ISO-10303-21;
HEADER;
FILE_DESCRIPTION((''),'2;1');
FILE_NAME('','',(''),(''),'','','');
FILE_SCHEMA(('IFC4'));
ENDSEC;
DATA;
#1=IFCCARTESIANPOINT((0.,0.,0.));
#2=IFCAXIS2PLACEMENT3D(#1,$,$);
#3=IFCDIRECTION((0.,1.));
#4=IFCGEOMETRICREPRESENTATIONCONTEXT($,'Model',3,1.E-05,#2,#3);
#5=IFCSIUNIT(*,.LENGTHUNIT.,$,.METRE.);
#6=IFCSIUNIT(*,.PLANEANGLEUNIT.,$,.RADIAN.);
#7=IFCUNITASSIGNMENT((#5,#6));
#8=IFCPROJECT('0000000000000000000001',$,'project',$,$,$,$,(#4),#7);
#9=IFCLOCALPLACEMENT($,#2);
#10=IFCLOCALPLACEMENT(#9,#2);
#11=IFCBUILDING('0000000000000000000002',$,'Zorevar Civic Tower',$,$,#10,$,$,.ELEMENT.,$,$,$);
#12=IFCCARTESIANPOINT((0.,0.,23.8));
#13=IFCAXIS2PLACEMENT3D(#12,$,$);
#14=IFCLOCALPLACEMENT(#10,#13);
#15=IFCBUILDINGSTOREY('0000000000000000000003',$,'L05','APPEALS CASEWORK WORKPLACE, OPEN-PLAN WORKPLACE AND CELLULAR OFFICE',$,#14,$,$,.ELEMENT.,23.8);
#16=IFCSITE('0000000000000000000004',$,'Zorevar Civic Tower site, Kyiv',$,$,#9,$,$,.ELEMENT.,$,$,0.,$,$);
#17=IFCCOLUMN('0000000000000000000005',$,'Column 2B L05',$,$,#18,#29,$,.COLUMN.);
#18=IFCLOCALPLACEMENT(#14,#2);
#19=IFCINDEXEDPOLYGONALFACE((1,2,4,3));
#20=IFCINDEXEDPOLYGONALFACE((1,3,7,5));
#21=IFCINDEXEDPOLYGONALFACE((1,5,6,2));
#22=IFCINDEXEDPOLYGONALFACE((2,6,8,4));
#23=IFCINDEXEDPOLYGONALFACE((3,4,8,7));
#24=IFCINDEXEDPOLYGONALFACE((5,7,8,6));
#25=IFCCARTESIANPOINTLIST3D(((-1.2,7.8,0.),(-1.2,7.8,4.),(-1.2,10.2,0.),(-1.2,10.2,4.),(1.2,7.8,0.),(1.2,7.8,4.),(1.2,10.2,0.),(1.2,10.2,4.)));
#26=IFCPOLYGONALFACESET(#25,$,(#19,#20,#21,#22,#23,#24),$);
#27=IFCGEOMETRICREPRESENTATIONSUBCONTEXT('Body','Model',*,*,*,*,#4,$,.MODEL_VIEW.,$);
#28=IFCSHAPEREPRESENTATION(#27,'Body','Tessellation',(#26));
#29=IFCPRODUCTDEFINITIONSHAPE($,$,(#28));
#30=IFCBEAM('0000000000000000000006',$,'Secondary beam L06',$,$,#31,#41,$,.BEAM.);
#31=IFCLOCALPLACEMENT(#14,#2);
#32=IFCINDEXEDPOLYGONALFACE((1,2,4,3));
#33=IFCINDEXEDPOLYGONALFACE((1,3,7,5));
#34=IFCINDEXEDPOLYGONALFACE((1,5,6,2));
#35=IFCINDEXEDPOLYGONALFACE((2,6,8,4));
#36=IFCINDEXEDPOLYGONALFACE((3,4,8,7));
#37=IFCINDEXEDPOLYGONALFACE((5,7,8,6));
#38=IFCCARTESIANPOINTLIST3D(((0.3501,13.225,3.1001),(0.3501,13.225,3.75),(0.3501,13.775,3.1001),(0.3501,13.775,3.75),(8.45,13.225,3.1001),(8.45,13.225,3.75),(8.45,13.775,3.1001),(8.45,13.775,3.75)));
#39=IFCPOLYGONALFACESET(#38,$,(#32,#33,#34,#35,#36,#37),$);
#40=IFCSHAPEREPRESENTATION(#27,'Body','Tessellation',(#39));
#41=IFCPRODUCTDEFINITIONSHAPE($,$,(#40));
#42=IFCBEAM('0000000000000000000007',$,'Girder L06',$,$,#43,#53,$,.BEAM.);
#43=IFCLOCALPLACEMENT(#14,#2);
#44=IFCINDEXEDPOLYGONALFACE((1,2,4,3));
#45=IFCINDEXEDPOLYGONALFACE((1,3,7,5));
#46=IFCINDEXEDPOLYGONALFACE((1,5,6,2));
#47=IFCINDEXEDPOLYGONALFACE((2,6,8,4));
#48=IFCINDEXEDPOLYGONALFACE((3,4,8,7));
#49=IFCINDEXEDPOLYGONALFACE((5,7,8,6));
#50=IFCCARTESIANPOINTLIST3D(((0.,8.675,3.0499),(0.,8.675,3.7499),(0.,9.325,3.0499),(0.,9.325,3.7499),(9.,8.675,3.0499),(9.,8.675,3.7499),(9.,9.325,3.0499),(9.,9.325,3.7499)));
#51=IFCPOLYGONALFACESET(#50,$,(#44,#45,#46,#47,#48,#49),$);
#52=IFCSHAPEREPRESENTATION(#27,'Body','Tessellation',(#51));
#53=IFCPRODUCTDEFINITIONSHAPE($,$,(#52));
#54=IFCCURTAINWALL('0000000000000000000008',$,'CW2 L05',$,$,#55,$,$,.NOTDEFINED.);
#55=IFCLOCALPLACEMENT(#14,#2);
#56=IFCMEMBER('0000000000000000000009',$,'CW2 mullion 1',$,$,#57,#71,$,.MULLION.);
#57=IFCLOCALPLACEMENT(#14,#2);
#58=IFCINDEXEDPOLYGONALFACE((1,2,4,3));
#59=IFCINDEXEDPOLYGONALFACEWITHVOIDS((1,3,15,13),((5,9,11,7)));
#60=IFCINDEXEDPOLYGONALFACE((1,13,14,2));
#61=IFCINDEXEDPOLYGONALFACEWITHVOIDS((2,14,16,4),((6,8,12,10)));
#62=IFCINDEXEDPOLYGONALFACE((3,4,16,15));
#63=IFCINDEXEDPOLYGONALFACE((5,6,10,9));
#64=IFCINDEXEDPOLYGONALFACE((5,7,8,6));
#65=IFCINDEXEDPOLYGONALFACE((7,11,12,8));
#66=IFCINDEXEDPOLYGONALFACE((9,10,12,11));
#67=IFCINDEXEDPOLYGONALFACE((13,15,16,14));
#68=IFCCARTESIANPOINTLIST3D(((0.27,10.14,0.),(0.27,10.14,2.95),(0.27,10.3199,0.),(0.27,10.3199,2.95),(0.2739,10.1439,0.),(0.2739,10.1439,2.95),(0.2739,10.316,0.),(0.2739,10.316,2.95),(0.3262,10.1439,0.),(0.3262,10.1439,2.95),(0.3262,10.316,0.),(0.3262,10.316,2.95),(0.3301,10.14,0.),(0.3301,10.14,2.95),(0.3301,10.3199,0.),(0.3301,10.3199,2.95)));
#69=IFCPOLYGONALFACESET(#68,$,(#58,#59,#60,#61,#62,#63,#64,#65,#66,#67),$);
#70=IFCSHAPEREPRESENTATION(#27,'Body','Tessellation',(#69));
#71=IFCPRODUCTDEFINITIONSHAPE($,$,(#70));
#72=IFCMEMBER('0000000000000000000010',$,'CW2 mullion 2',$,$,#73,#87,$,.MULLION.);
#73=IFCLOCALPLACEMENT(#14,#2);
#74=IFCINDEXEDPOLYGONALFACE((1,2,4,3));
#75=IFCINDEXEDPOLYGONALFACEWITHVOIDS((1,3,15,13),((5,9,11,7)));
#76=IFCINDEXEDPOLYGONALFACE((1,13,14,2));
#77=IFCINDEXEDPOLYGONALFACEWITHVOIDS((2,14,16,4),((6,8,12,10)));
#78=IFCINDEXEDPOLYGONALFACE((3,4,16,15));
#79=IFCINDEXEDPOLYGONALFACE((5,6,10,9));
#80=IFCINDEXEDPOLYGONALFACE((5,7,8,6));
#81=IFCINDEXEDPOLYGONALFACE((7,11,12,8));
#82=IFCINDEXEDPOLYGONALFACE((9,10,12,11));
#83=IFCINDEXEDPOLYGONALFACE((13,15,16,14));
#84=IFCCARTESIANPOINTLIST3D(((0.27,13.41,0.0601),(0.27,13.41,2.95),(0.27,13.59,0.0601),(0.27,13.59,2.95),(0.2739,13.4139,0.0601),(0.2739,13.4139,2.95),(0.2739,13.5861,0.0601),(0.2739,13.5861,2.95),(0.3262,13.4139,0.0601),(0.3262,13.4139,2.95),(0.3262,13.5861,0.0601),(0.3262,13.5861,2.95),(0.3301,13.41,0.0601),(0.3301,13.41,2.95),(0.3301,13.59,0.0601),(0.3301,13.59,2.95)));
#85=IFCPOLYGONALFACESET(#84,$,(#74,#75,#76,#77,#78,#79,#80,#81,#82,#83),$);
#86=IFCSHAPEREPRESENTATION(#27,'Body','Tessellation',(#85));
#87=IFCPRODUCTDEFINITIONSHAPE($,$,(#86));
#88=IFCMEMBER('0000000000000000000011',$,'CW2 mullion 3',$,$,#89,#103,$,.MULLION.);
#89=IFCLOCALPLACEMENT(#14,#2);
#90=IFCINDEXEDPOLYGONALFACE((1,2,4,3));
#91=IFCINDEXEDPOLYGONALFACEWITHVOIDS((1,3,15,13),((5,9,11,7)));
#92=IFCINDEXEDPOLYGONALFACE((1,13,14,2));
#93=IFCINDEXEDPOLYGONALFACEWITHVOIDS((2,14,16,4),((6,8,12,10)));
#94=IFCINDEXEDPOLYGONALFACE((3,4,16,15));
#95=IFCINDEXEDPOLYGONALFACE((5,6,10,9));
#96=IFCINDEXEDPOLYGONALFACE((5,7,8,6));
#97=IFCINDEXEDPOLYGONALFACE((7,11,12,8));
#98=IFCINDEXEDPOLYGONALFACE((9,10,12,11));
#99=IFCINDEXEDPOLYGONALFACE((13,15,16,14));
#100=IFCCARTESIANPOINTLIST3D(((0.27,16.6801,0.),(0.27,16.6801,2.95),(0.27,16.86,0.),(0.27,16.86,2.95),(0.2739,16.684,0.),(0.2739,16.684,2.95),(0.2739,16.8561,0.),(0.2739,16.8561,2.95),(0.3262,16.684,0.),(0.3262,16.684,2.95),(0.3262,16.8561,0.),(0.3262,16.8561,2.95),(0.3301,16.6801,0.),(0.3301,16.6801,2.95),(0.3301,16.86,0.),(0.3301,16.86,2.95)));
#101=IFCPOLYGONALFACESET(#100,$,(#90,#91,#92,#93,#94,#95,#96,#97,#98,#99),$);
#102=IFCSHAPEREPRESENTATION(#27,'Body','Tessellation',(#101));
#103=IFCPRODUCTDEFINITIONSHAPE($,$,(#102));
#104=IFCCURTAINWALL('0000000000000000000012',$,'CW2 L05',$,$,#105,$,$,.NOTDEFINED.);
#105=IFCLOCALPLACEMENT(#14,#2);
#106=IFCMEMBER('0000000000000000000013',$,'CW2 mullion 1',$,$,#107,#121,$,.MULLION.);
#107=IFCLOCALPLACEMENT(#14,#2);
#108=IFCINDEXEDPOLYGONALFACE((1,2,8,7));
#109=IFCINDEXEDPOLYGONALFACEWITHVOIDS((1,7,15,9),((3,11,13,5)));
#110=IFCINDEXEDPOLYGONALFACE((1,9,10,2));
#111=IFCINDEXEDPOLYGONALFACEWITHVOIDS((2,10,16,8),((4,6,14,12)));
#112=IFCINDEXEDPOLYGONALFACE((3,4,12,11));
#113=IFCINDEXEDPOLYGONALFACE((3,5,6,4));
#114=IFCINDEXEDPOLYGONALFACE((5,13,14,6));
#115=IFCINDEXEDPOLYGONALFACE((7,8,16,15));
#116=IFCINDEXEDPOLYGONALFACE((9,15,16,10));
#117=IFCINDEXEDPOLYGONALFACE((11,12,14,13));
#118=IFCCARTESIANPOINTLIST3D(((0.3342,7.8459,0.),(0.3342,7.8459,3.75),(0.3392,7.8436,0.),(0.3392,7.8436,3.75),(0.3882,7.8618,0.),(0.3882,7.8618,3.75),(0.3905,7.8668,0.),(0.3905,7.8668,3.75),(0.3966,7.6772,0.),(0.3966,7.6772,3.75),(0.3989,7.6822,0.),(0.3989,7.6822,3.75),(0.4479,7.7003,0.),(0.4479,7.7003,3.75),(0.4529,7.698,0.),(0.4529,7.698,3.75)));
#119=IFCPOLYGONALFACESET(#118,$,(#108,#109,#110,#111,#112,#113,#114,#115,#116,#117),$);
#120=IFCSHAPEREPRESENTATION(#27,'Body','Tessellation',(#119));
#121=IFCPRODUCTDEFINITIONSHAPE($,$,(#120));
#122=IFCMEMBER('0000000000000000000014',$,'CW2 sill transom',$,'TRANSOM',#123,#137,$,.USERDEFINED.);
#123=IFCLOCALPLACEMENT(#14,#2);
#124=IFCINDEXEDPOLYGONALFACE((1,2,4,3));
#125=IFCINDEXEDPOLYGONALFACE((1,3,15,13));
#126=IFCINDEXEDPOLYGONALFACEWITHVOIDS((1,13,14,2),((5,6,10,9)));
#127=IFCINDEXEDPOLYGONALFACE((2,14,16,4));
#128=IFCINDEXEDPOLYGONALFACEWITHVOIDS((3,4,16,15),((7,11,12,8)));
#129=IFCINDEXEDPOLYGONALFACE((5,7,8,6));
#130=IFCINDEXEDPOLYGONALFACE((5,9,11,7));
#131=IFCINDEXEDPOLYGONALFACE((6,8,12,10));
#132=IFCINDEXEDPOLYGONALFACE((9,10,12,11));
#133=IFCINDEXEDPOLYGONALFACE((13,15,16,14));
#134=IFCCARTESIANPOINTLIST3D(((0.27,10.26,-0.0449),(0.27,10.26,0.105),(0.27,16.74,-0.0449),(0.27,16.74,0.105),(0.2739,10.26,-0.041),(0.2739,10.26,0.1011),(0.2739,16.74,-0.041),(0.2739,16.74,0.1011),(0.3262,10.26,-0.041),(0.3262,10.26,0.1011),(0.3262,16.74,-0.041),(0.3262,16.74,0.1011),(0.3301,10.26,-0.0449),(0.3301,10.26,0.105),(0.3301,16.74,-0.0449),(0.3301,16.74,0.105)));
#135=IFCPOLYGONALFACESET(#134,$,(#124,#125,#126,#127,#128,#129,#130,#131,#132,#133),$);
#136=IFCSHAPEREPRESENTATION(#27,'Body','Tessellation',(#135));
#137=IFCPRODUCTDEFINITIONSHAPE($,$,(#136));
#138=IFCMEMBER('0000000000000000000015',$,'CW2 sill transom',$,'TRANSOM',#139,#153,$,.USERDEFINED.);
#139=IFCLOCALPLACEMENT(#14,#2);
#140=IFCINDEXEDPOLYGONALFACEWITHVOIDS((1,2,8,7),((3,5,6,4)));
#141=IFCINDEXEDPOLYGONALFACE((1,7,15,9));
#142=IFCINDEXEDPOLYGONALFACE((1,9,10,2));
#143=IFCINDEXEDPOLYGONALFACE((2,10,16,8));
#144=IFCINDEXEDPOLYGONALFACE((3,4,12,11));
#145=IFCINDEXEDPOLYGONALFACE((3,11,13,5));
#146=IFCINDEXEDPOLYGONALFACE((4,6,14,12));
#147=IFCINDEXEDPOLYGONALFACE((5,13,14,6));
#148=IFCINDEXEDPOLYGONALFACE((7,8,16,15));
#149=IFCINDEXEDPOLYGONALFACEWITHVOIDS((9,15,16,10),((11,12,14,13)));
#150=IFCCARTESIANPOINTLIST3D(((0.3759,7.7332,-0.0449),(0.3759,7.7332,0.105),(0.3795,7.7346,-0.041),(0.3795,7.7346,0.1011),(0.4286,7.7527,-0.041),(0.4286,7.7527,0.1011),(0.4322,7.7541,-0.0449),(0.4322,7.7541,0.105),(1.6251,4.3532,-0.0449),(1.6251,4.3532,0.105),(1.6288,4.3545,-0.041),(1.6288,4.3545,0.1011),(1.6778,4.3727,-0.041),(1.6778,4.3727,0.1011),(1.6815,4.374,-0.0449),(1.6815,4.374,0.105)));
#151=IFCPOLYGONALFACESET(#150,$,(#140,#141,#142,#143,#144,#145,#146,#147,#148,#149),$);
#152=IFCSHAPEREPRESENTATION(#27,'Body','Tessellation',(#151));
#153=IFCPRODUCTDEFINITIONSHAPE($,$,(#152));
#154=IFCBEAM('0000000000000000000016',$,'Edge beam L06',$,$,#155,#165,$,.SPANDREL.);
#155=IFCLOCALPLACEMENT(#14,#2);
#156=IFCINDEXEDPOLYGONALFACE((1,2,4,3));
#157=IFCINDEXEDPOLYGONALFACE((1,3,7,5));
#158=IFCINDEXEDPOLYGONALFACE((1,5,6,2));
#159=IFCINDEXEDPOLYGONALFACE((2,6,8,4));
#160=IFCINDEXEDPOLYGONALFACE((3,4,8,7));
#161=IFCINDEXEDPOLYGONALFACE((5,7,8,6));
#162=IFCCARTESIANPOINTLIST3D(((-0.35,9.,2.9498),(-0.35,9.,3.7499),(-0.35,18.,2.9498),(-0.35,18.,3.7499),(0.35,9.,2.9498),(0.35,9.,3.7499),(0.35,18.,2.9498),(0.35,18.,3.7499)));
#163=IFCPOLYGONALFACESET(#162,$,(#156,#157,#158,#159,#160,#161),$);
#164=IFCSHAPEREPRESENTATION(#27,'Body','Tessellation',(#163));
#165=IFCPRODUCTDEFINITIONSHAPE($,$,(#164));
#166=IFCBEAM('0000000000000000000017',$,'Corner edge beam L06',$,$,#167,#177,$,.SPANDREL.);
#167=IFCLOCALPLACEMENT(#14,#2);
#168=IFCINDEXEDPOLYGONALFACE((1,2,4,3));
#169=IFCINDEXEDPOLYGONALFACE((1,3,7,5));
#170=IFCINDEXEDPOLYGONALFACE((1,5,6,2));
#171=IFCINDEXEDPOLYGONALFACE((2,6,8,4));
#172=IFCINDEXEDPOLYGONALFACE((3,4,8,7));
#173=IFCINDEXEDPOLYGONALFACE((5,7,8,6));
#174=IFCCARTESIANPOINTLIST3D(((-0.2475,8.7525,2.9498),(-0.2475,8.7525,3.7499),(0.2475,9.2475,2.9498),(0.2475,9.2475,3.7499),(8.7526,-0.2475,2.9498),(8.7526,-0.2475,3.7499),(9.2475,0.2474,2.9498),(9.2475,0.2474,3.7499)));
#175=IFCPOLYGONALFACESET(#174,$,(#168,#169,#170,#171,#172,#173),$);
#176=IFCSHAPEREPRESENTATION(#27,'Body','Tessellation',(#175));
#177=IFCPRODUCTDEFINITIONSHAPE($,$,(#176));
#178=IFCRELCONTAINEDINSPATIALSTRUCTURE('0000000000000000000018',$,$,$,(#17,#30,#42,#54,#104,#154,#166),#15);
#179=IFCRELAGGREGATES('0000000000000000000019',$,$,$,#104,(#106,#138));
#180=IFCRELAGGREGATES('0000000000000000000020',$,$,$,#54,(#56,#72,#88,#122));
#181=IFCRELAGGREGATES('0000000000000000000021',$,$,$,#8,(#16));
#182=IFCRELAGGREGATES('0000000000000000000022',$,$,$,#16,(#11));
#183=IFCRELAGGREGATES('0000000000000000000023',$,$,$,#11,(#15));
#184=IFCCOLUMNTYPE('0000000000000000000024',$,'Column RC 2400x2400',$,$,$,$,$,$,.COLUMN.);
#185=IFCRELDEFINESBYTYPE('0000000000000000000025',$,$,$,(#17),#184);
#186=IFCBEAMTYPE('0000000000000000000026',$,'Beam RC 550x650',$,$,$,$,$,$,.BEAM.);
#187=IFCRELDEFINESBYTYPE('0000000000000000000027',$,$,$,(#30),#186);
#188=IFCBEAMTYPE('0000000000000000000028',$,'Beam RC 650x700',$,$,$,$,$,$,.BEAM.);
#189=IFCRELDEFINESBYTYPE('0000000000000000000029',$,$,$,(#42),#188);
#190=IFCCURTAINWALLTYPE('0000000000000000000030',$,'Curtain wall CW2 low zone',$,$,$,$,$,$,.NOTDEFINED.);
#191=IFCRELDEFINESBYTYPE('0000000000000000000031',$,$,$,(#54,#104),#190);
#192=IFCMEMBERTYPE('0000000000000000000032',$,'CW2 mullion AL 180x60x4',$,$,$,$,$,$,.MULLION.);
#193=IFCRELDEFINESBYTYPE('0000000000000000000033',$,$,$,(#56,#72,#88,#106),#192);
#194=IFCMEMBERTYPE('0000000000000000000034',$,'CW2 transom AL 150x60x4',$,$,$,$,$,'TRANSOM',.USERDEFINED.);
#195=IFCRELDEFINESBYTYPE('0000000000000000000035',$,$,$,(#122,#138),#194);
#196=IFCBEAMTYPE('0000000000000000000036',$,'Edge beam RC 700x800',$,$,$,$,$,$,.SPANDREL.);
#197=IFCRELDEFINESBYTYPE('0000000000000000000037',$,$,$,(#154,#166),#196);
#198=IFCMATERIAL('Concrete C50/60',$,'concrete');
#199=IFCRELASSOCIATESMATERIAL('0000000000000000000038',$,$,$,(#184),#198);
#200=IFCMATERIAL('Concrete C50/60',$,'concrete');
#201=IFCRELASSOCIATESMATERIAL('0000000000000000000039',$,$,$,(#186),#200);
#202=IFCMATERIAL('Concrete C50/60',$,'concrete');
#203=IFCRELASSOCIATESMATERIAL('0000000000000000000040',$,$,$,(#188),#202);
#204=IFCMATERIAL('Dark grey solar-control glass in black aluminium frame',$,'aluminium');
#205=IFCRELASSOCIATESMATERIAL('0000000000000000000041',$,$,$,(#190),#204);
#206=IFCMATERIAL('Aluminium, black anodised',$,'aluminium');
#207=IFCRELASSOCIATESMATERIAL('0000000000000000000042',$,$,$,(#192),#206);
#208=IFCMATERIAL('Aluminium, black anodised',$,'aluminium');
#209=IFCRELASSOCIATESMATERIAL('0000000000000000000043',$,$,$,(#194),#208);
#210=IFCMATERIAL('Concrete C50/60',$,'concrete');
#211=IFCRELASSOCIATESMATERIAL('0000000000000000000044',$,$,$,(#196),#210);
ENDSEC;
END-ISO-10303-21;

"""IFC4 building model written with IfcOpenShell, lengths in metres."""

from ifc_helpers import new_model, si_unit, direction, frame, origin, origin_2d, place, context, subcontext, project, spatial, rectangle, hollow_rectangle, extrude, material, material_profile, profile_set, type_object, element, aggregate, save


model = new_model("IFC4")

# Units and contexts
model_context = context("Model", 3, precision=1e-05, world=origin(), true_north=direction((0.0, 1.0)))
body_context = subcontext(model_context, "Body", "Model", "MODEL_VIEW")
ifc_project = project(units=[si_unit("LENGTHUNIT", "METRE"), si_unit("PLANEANGLEUNIT", "RADIAN")], contexts=[model_context])

# Site, building, storey
site_placement = place(None, origin())
site = spatial("IfcSite", under=ifc_project, at=site_placement, Name="Zorevar Civic Tower site, Kyiv", CompositionType="ELEMENT", RefElevation=0.0)
building_placement = place(site_placement, origin())
building = spatial("IfcBuilding", under=site, at=building_placement, Name="Zorevar Civic Tower", CompositionType="ELEMENT")
storey_placement = place(building_placement, frame((0.0, 0.0, 23.8)))
storey = spatial("IfcBuildingStorey", under=building, at=storey_placement, Name="L05", Description="APPEALS CASEWORK WORKPLACE, OPEN-PLAN WORKPLACE AND CELLULAR OFFICE", CompositionType="ELEMENT", Elevation=23.8)

# Column
ifc_material_1 = material(Name="Concrete C50/60", Category="concrete")
ifc_material_profile_1 = material_profile(ifc_material_1, rectangle(XDim=2.3999, YDim=2.3999, at=origin_2d()), Name="RC 2400x2400")
ifc_profile_set_1 = profile_set([ifc_material_profile_1], Name="Concrete C50/60")
column_type = type_object("IfcColumnType", Name="Column RC 2400x2400", PredefinedType="COLUMN", material=ifc_profile_set_1)
column_placement = place(storey_placement, frame((0.0, 9.0, 0.0), z_axis=(0.0, 0.0, 1.0), x_axis=(1.0, 0.0, 0.0)))
element("IfcColumn", 1, at=column_placement, inside=storey, type_object=column_type, Name="Column 2B L05", PredefinedType="COLUMN", context=body_context, shape_type="SweptSolid", body=[
    extrude(rectangle(XDim=2.3999, YDim=2.3999, at=origin_2d()), origin(), (0.0, 0.0, 1.0), 4.0),
])

# Beams
ifc_material_2 = material(Name="Concrete C50/60", Category="concrete")
ifc_material_profile_2 = material_profile(ifc_material_2, rectangle(XDim=0.55, YDim=0.6499, at=origin_2d()), Name="RC 550x650")
ifc_profile_set_2 = profile_set([ifc_material_profile_2], Name="Concrete C50/60")
beam_type_1 = type_object("IfcBeamType", Name="Beam RC 550x650", PredefinedType="BEAM", material=ifc_profile_set_2)
beam_1_placement = place(storey_placement, frame((0.3501, 13.5, 3.425), z_axis=(1.0, 0.0, 0.0), x_axis=(0.0, 1.0, 0.0)))
element("IfcBeam", 2, at=beam_1_placement, inside=storey, type_object=beam_type_1, Name="Secondary beam L06", PredefinedType="BEAM", context=body_context, shape_type="SweptSolid", body=[
    extrude(rectangle(XDim=0.55, YDim=0.6499, at=origin_2d()), origin(), (0.0, 0.0, 1.0), 8.0999),
])
ifc_material_3 = material(Name="Concrete C50/60", Category="concrete")
ifc_material_profile_3 = material_profile(ifc_material_3, rectangle(XDim=0.6499, YDim=0.7, at=origin_2d()), Name="RC 650x700")
ifc_profile_set_3 = profile_set([ifc_material_profile_3], Name="Concrete C50/60")
beam_type_2 = type_object("IfcBeamType", Name="Beam RC 650x700", PredefinedType="BEAM", material=ifc_profile_set_3)
beam_2_placement = place(storey_placement, frame((0.0, 9.0, 3.3999), z_axis=(1.0, 0.0, 0.0), x_axis=(0.0, 1.0, 0.0)))
element("IfcBeam", 3, at=beam_2_placement, inside=storey, type_object=beam_type_2, Name="Girder L06", PredefinedType="BEAM", context=body_context, shape_type="SweptSolid", body=[
    extrude(rectangle(XDim=0.6499, YDim=0.7, at=origin_2d()), origin(), (0.0, 0.0, 1.0), 9.0),
])

# Curtain wall, members
ifc_material_4 = material(Name="Dark grey solar-control glass in black aluminium frame", Category="aluminium")
curtain_wall_type = type_object("IfcCurtainWallType", Name="Curtain wall CW2 low zone", PredefinedType="NOTDEFINED", material=ifc_material_4)
curtain_wall_1_placement = place(storey_placement, origin())
curtain_wall_1 = element("IfcCurtainWall", 4, at=curtain_wall_1_placement, inside=storey, type_object=curtain_wall_type, Name="CW2 L05", PredefinedType="NOTDEFINED")
ifc_material_5 = material(Name="Aluminium, black anodised", Category="aluminium")
ifc_material_profile_4 = material_profile(ifc_material_5, hollow_rectangle(XDim=0.0601, YDim=0.1799, WallThickness=0.0039, at=origin_2d()), Name="AL 180x60x4")
ifc_profile_set_4 = profile_set([ifc_material_profile_4], Name="Aluminium, black anodised")
member_type_1 = type_object("IfcMemberType", Name="CW2 mullion AL 180x60x4", PredefinedType="MULLION", material=ifc_profile_set_4)
member_1_placement = place(storey_placement, frame((0.3, 10.23, 0.0), z_axis=(0.0, 0.0, 1.0), x_axis=(-1.0, 0.0, 0.0)))
member_1 = element("IfcMember", 5, at=member_1_placement, type_object=member_type_1, Name="CW2 mullion 1", PredefinedType="MULLION", context=body_context, shape_type="SweptSolid", body=[
    extrude(hollow_rectangle(XDim=0.0601, YDim=0.1799, WallThickness=0.0039, at=origin_2d()), origin(), (0.0, 0.0, 1.0), 2.95),
])
member_2_placement = place(storey_placement, frame((0.3, 13.5, 0.0601), z_axis=(0.0, 0.0, 1.0), x_axis=(-1.0, 0.0, 0.0)))
member_2 = element("IfcMember", 6, at=member_2_placement, type_object=member_type_1, Name="CW2 mullion 2", PredefinedType="MULLION", context=body_context, shape_type="SweptSolid", body=[
    extrude(hollow_rectangle(XDim=0.0601, YDim=0.1799, WallThickness=0.0039, at=origin_2d()), origin(), (0.0, 0.0, 1.0), 2.8899),
])
member_3_placement = place(storey_placement, frame((0.3, 16.77, 0.0), z_axis=(0.0, 0.0, 1.0), x_axis=(-1.0, 0.0, 0.0)))
member_3 = element("IfcMember", 7, at=member_3_placement, type_object=member_type_1, Name="CW2 mullion 3", PredefinedType="MULLION", context=body_context, shape_type="SweptSolid", body=[
    extrude(hollow_rectangle(XDim=0.0601, YDim=0.1799, WallThickness=0.0039, at=origin_2d()), origin(), (0.0, 0.0, 1.0), 2.95),
])

# Curtain wall, member
curtain_wall_2_placement = place(storey_placement, origin())
curtain_wall_2 = element("IfcCurtainWall", 8, at=curtain_wall_2_placement, inside=storey, type_object=curtain_wall_type, Name="CW2 L05", PredefinedType="NOTDEFINED")
member_4_placement = place(storey_placement, frame((0.3936, 7.772, 0.0), z_axis=(0.0, 0.0, 1.0), x_axis=(0.937975, 0.346704, 0.0)))
member_4 = element("IfcMember", 9, at=member_4_placement, type_object=member_type_1, Name="CW2 mullion 1", PredefinedType="MULLION", context=body_context, shape_type="SweptSolid", body=[
    extrude(hollow_rectangle(XDim=0.0601, YDim=0.1799, WallThickness=0.0039, at=origin_2d()), origin(), (0.0, 0.0, 1.0), 3.75),
])

# Members
ifc_material_6 = material(Name="Aluminium, black anodised", Category="aluminium")
ifc_material_profile_5 = material_profile(ifc_material_6, hollow_rectangle(XDim=0.0601, YDim=0.1499, WallThickness=0.0039, at=origin_2d()), Name="AL 150x60x4")
ifc_profile_set_5 = profile_set([ifc_material_profile_5], Name="Aluminium, black anodised")
member_type_2 = type_object("IfcMemberType", Name="CW2 transom AL 150x60x4", ElementType="TRANSOM", PredefinedType="USERDEFINED", material=ifc_profile_set_5)
member_5_placement = place(storey_placement, frame((0.3, 10.26, 0.03), z_axis=(0.0, 1.0, 0.0), x_axis=(-1.0, 0.0, 0.0)))
member_5 = element("IfcMember", 10, at=member_5_placement, type_object=member_type_2, Name="CW2 sill transom", ObjectType="TRANSOM", PredefinedType="USERDEFINED", context=body_context, shape_type="SweptSolid", body=[
    extrude(hollow_rectangle(XDim=0.0601, YDim=0.1499, WallThickness=0.0039, at=origin_2d()), origin(), (0.0, 0.0, 1.0), 6.48),
])
member_6_placement = place(storey_placement, frame((0.4041, 7.7437, 0.03), z_axis=(0.346672, -0.937986, 0.0), x_axis=(0.937986, 0.346672, 0.0)))
member_6 = element("IfcMember", 11, at=member_6_placement, type_object=member_type_2, Name="CW2 sill transom", ObjectType="TRANSOM", PredefinedType="USERDEFINED", context=body_context, shape_type="SweptSolid", body=[
    extrude(hollow_rectangle(XDim=0.0601, YDim=0.1499, WallThickness=0.0039, at=origin_2d()), origin(), (0.0, 0.0, 1.0), 3.6035),
])
aggregate(curtain_wall_2, [member_4, member_6])

# Beams
ifc_material_7 = material(Name="Concrete C50/60", Category="concrete")
ifc_material_profile_6 = material_profile(ifc_material_7, rectangle(XDim=0.7, YDim=0.8, at=origin_2d()), Name="RC 700x800")
ifc_profile_set_6 = profile_set([ifc_material_profile_6], Name="Concrete C50/60")
beam_type_3 = type_object("IfcBeamType", Name="Edge beam RC 700x800", PredefinedType="SPANDREL", material=ifc_profile_set_6)
beam_3_placement = place(storey_placement, frame((0.0, 9.0, 3.3499), z_axis=(0.0, 1.0, 0.0), x_axis=(-1.0, 0.0, 0.0)))
element("IfcBeam", 12, at=beam_3_placement, inside=storey, type_object=beam_type_3, Name="Edge beam L06", PredefinedType="SPANDREL", context=body_context, shape_type="SweptSolid", body=[
    extrude(rectangle(XDim=0.7, YDim=0.8, at=origin_2d()), origin(), (0.0, 0.0, 1.0), 9.0),
])
beam_4_placement = place(storey_placement, frame((0.0, 9.0, 3.3499), z_axis=(0.707107, -0.707107, 0.0), x_axis=(0.707107, 0.707107, 0.0)))
element("IfcBeam", 13, at=beam_4_placement, inside=storey, type_object=beam_type_3, Name="Corner edge beam L06", PredefinedType="SPANDREL", context=body_context, shape_type="SweptSolid", body=[
    extrude(rectangle(XDim=0.7, YDim=0.8, at=origin_2d()), origin(), (0.0, 0.0, 1.0), 12.728),
])

aggregate(curtain_wall_1, [member_1, member_2, member_3, member_5])

save(model, "model.ifc")
